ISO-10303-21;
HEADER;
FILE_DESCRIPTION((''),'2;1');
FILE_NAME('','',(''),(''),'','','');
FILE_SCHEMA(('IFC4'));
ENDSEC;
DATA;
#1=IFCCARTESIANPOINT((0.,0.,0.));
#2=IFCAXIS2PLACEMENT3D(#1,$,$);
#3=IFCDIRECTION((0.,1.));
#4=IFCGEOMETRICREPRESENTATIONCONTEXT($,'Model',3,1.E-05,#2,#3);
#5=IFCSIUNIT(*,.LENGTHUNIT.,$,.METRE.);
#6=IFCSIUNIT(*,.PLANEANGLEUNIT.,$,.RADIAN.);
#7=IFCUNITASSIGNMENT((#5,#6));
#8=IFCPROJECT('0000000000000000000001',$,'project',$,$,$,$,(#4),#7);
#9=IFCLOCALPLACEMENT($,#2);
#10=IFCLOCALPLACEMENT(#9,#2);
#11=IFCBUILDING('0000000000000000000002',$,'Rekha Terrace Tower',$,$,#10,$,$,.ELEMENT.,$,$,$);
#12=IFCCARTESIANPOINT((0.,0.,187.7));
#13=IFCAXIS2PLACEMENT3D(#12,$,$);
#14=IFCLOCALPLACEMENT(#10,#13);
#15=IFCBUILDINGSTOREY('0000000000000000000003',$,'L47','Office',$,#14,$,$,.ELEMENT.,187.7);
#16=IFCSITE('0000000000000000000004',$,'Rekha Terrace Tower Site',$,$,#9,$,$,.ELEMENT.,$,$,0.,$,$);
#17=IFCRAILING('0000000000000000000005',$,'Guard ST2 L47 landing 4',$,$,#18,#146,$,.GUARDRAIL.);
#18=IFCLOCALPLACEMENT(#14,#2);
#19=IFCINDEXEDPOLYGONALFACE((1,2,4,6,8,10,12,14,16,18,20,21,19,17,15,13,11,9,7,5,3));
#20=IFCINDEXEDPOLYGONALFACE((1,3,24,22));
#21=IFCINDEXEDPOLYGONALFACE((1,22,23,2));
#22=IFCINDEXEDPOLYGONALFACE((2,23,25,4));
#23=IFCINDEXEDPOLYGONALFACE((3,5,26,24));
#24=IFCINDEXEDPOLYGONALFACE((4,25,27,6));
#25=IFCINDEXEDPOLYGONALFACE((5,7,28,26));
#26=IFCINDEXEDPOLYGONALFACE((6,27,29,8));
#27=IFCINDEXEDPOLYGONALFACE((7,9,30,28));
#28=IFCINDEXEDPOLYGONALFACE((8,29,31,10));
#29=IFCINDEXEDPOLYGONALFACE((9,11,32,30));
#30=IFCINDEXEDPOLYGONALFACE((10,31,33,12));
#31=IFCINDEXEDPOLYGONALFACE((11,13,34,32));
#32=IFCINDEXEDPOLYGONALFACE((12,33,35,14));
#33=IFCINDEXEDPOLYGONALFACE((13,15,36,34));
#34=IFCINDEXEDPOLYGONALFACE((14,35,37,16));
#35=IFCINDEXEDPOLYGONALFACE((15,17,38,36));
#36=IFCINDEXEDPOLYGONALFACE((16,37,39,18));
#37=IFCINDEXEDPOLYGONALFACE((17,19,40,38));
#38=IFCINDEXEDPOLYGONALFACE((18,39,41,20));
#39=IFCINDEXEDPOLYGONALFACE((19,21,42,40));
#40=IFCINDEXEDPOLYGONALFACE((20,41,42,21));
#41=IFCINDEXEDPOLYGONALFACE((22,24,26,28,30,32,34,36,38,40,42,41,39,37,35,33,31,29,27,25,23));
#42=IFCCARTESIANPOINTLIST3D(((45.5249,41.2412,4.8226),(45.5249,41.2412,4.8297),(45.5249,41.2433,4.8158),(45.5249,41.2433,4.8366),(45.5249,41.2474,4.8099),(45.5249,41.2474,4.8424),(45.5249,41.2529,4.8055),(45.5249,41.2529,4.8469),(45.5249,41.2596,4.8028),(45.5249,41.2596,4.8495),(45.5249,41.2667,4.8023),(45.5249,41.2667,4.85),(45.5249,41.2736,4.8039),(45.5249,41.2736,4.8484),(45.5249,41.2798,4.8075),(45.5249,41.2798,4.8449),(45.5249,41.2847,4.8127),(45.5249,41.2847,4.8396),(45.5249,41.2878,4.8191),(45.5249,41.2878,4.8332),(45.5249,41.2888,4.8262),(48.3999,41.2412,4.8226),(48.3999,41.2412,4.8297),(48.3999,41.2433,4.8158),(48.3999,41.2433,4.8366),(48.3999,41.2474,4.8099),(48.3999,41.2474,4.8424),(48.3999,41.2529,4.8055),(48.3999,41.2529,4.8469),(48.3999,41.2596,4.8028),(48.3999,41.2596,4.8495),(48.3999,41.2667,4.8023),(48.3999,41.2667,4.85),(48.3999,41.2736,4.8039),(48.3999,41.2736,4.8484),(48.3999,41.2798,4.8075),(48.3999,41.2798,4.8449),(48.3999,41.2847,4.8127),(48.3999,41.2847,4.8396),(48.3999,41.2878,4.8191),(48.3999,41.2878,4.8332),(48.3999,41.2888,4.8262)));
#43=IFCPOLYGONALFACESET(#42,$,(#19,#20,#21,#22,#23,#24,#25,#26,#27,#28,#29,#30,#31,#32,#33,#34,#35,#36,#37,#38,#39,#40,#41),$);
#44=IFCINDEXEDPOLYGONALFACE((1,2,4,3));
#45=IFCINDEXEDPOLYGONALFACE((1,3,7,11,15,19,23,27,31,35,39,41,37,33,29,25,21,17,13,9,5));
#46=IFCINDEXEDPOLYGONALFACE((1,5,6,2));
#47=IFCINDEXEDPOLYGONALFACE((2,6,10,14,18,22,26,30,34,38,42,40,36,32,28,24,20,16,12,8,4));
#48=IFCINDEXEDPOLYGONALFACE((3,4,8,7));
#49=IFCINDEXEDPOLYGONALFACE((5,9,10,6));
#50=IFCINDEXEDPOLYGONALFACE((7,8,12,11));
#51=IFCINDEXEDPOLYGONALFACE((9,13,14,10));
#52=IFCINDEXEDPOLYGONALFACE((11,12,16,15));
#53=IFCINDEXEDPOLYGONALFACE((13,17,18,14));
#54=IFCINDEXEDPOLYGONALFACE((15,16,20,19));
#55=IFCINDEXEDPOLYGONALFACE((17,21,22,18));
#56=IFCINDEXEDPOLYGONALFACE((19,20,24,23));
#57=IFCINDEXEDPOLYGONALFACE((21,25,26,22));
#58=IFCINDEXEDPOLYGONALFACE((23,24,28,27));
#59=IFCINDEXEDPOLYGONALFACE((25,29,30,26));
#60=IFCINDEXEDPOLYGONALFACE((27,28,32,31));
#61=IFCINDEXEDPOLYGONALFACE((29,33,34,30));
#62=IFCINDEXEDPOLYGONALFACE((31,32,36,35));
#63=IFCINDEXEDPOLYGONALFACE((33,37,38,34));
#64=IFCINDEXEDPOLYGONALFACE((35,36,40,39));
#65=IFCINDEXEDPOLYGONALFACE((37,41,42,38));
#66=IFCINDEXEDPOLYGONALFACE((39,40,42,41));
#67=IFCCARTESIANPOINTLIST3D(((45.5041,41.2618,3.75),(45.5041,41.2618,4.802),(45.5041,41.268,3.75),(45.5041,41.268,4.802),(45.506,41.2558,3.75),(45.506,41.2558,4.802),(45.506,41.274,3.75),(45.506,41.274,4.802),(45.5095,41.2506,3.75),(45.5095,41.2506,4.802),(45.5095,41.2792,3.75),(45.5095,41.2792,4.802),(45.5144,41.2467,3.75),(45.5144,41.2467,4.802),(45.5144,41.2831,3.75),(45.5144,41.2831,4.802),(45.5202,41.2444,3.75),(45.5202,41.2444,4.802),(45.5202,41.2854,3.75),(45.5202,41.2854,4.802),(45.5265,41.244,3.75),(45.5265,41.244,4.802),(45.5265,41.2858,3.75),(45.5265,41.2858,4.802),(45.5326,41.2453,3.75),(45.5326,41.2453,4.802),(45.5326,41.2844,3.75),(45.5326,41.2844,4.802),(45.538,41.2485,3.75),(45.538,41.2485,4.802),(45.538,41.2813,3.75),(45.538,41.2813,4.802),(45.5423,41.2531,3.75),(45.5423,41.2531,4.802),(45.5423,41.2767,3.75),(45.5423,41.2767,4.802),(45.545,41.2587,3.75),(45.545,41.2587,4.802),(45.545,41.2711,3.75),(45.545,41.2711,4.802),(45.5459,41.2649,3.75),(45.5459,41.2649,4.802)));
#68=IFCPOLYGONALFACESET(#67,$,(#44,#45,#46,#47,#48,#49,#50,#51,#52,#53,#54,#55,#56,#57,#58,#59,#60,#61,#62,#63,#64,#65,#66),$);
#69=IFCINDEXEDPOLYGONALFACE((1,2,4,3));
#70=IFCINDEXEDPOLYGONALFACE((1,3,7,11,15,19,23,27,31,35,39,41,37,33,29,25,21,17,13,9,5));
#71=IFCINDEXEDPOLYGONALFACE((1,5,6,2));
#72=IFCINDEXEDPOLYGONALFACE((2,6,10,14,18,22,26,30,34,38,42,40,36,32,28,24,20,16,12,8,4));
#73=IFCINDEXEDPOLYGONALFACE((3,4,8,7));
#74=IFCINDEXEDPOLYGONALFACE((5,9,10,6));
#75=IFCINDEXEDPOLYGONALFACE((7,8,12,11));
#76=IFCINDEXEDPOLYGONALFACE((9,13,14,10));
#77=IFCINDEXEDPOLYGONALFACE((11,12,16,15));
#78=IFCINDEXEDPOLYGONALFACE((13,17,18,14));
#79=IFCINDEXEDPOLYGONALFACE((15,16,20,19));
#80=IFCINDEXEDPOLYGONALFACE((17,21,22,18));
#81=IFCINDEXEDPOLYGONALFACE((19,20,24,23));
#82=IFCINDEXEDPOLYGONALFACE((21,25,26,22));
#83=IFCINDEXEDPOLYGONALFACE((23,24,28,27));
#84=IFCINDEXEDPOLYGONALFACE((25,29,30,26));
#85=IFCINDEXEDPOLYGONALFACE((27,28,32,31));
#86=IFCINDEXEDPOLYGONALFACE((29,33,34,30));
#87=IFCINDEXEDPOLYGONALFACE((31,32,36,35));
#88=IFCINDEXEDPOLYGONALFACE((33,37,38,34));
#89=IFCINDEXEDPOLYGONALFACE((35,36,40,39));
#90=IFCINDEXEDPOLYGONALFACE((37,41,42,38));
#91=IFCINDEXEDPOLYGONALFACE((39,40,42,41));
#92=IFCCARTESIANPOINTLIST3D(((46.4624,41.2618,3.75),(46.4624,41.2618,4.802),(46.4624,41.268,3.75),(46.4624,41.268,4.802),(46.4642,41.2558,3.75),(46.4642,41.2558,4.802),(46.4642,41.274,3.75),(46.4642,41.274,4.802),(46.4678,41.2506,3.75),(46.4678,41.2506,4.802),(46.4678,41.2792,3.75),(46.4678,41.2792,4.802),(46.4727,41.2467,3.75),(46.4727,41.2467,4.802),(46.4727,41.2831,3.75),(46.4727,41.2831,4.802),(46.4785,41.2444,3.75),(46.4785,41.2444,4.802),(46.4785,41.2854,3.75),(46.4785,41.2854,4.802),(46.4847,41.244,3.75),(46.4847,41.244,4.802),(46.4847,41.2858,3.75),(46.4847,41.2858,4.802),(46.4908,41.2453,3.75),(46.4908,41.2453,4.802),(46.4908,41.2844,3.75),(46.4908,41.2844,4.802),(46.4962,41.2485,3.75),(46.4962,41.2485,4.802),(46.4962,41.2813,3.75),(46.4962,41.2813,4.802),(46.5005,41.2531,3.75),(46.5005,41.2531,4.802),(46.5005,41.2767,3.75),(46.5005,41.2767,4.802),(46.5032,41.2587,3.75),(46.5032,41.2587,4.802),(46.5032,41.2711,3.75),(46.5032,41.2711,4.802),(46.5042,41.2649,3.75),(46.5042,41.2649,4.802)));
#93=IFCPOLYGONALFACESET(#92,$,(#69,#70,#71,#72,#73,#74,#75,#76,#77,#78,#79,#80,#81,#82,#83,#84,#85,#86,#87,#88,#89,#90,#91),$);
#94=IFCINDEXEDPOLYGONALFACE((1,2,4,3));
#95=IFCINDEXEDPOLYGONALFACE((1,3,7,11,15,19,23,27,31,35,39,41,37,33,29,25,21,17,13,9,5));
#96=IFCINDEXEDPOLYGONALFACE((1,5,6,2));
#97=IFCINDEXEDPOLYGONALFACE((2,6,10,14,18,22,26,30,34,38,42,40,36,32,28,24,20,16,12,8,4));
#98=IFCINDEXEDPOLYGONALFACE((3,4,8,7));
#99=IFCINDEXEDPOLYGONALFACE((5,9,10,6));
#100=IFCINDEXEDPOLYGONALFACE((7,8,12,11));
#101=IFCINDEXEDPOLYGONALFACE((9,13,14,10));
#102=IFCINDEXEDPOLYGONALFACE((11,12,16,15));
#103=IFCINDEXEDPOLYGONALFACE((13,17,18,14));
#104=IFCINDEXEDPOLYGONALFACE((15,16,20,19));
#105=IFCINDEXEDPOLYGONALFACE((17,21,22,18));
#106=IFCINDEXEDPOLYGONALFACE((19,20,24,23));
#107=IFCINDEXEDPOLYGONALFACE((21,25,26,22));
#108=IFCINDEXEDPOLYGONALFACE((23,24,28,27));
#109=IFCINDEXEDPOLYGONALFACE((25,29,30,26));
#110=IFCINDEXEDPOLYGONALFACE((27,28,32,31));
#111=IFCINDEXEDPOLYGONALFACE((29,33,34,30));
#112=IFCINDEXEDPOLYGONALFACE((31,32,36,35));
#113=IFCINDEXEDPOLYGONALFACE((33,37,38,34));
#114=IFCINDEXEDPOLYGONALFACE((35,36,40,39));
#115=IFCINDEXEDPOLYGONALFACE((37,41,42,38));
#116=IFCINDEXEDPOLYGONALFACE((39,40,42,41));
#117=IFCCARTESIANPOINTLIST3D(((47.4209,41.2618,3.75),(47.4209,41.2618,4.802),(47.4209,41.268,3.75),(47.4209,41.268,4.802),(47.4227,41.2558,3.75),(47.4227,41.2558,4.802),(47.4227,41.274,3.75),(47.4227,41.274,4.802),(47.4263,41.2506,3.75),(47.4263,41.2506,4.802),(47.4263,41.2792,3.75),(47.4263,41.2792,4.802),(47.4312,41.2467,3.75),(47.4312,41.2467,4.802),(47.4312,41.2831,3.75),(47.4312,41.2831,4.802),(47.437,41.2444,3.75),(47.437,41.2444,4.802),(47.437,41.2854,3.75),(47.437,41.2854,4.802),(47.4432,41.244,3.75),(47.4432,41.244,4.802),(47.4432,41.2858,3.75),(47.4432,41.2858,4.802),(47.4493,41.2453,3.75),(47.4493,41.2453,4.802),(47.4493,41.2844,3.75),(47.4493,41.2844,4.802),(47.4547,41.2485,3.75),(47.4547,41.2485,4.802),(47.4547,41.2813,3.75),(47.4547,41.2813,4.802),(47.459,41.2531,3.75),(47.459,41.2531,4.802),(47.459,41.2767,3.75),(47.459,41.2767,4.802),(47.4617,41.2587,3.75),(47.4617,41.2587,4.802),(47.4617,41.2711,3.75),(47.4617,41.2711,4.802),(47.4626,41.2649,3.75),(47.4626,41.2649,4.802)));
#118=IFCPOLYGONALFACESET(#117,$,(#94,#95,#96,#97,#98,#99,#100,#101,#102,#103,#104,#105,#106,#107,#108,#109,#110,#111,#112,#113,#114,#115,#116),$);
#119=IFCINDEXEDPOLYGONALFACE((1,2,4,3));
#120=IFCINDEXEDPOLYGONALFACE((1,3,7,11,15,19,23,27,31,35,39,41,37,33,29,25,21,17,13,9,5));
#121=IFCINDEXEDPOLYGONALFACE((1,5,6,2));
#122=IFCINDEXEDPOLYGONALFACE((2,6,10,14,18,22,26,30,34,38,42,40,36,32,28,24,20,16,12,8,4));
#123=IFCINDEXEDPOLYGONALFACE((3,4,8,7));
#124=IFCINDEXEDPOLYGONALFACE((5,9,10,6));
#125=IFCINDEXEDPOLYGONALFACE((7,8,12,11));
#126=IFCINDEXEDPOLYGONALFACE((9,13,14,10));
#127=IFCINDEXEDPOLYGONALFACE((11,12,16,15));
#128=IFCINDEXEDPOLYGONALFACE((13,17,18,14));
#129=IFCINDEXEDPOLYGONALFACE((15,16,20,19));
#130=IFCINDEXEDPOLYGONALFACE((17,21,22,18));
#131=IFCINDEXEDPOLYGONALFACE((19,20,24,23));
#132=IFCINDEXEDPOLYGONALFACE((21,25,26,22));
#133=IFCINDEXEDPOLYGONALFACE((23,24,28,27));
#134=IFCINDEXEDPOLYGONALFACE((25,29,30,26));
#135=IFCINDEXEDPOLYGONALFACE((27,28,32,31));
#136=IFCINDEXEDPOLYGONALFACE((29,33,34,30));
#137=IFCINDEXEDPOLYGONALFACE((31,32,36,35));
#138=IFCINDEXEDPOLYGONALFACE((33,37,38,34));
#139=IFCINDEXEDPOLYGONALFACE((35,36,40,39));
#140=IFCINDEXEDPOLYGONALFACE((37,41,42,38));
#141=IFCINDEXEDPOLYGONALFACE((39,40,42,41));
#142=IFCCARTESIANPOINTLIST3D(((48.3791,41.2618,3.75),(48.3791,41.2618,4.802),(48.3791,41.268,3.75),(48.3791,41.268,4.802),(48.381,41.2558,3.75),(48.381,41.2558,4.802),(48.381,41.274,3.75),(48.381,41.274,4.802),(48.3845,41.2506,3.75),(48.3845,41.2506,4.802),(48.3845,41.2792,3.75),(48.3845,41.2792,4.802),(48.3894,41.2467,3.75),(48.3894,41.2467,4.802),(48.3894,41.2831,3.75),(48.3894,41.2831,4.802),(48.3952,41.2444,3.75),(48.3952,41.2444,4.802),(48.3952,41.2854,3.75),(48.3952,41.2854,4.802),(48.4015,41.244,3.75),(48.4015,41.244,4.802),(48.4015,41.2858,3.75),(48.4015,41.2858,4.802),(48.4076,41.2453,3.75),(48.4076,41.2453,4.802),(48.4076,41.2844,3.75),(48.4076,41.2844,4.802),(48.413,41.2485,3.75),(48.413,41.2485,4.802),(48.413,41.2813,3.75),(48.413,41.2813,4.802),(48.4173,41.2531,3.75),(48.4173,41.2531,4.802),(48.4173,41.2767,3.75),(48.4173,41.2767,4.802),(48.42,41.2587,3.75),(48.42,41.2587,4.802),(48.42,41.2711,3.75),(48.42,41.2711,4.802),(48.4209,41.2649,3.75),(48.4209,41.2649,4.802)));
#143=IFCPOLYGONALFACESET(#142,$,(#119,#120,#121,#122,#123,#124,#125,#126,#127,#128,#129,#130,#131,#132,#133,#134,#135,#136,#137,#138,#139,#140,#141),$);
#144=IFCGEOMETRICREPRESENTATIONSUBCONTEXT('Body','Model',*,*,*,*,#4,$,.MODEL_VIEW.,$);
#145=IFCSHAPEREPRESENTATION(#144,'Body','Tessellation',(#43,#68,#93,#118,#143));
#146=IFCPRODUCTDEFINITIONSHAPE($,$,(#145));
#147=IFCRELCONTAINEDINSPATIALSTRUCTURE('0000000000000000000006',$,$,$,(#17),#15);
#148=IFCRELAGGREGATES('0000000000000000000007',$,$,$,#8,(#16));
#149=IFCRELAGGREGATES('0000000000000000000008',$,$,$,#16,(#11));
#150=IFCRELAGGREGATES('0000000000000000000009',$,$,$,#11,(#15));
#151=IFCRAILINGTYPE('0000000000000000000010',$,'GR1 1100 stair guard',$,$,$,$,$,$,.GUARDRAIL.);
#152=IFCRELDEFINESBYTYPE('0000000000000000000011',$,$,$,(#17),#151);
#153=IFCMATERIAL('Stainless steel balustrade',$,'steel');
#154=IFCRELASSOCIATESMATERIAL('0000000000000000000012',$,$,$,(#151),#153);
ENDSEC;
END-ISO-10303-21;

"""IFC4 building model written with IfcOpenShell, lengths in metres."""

from ifc_helpers import new_model, si_unit, direction, frame, origin, origin_2d, place, context, subcontext, project, spatial, circle, extrude, material, type_object, element, save


model = new_model("IFC4")

# Units and contexts
model_context = context("Model", 3, precision=1e-05, world=origin(), true_north=direction((0.0, 1.0)))
body_context = subcontext(model_context, "Body", "Model", "MODEL_VIEW")
ifc_project = project(units=[si_unit("LENGTHUNIT", "METRE"), si_unit("PLANEANGLEUNIT", "RADIAN")], contexts=[model_context])

# Site, building, storey
site_placement = place(None, origin())
site = spatial("IfcSite", under=ifc_project, at=site_placement, Name="Rekha Terrace Tower Site", CompositionType="ELEMENT", RefElevation=0.0)
building_placement = place(site_placement, origin())
building = spatial("IfcBuilding", under=site, at=building_placement, Name="Rekha Terrace Tower", CompositionType="ELEMENT")
storey_placement = place(building_placement, frame((0.0, 0.0, 187.7)))
storey = spatial("IfcBuildingStorey", under=building, at=storey_placement, Name="L47", Description="Office", CompositionType="ELEMENT", Elevation=187.7)

# Railing
ifc_material_1 = material(Name="Stainless steel balustrade", Category="steel")
railing_type_1 = type_object("IfcRailingType", Name="GR1 1100 stair guard", PredefinedType="GUARDRAIL", material=ifc_material_1)
railing_1_placement = place(storey_placement, frame((45.5249, 41.2649, 3.75)))
element("IfcRailing", 1, at=railing_1_placement, inside=storey, type_object=railing_type_1, Name="Guard ST2 L47 landing 4", PredefinedType="GUARDRAIL", context=body_context, shape_type="SweptSolid", body=[
    extrude(circle(Radius=0.0239, at=origin_2d()), frame((0.0, 0.0, 1.0762), z_axis=(1.0, 0.0, 0.0), x_axis=(0.0, 1.0, 0.0)), (0.0, 0.0, 1.0), 2.875),
    extrude(circle(Radius=0.021, at=origin_2d()), origin(), (0.0, 0.0, 1.0), 1.052),
    extrude(circle(Radius=0.021, at=origin_2d()), frame((0.9583, 0.0, 0.0)), (0.0, 0.0, 1.0), 1.052),
    extrude(circle(Radius=0.021, at=origin_2d()), frame((1.9167, 0.0, 0.0)), (0.0, 0.0, 1.0), 1.052),
    extrude(circle(Radius=0.021, at=origin_2d()), frame((2.875, 0.0, 0.0)), (0.0, 0.0, 1.0), 1.052),
])

save(model, "model.ifc")
